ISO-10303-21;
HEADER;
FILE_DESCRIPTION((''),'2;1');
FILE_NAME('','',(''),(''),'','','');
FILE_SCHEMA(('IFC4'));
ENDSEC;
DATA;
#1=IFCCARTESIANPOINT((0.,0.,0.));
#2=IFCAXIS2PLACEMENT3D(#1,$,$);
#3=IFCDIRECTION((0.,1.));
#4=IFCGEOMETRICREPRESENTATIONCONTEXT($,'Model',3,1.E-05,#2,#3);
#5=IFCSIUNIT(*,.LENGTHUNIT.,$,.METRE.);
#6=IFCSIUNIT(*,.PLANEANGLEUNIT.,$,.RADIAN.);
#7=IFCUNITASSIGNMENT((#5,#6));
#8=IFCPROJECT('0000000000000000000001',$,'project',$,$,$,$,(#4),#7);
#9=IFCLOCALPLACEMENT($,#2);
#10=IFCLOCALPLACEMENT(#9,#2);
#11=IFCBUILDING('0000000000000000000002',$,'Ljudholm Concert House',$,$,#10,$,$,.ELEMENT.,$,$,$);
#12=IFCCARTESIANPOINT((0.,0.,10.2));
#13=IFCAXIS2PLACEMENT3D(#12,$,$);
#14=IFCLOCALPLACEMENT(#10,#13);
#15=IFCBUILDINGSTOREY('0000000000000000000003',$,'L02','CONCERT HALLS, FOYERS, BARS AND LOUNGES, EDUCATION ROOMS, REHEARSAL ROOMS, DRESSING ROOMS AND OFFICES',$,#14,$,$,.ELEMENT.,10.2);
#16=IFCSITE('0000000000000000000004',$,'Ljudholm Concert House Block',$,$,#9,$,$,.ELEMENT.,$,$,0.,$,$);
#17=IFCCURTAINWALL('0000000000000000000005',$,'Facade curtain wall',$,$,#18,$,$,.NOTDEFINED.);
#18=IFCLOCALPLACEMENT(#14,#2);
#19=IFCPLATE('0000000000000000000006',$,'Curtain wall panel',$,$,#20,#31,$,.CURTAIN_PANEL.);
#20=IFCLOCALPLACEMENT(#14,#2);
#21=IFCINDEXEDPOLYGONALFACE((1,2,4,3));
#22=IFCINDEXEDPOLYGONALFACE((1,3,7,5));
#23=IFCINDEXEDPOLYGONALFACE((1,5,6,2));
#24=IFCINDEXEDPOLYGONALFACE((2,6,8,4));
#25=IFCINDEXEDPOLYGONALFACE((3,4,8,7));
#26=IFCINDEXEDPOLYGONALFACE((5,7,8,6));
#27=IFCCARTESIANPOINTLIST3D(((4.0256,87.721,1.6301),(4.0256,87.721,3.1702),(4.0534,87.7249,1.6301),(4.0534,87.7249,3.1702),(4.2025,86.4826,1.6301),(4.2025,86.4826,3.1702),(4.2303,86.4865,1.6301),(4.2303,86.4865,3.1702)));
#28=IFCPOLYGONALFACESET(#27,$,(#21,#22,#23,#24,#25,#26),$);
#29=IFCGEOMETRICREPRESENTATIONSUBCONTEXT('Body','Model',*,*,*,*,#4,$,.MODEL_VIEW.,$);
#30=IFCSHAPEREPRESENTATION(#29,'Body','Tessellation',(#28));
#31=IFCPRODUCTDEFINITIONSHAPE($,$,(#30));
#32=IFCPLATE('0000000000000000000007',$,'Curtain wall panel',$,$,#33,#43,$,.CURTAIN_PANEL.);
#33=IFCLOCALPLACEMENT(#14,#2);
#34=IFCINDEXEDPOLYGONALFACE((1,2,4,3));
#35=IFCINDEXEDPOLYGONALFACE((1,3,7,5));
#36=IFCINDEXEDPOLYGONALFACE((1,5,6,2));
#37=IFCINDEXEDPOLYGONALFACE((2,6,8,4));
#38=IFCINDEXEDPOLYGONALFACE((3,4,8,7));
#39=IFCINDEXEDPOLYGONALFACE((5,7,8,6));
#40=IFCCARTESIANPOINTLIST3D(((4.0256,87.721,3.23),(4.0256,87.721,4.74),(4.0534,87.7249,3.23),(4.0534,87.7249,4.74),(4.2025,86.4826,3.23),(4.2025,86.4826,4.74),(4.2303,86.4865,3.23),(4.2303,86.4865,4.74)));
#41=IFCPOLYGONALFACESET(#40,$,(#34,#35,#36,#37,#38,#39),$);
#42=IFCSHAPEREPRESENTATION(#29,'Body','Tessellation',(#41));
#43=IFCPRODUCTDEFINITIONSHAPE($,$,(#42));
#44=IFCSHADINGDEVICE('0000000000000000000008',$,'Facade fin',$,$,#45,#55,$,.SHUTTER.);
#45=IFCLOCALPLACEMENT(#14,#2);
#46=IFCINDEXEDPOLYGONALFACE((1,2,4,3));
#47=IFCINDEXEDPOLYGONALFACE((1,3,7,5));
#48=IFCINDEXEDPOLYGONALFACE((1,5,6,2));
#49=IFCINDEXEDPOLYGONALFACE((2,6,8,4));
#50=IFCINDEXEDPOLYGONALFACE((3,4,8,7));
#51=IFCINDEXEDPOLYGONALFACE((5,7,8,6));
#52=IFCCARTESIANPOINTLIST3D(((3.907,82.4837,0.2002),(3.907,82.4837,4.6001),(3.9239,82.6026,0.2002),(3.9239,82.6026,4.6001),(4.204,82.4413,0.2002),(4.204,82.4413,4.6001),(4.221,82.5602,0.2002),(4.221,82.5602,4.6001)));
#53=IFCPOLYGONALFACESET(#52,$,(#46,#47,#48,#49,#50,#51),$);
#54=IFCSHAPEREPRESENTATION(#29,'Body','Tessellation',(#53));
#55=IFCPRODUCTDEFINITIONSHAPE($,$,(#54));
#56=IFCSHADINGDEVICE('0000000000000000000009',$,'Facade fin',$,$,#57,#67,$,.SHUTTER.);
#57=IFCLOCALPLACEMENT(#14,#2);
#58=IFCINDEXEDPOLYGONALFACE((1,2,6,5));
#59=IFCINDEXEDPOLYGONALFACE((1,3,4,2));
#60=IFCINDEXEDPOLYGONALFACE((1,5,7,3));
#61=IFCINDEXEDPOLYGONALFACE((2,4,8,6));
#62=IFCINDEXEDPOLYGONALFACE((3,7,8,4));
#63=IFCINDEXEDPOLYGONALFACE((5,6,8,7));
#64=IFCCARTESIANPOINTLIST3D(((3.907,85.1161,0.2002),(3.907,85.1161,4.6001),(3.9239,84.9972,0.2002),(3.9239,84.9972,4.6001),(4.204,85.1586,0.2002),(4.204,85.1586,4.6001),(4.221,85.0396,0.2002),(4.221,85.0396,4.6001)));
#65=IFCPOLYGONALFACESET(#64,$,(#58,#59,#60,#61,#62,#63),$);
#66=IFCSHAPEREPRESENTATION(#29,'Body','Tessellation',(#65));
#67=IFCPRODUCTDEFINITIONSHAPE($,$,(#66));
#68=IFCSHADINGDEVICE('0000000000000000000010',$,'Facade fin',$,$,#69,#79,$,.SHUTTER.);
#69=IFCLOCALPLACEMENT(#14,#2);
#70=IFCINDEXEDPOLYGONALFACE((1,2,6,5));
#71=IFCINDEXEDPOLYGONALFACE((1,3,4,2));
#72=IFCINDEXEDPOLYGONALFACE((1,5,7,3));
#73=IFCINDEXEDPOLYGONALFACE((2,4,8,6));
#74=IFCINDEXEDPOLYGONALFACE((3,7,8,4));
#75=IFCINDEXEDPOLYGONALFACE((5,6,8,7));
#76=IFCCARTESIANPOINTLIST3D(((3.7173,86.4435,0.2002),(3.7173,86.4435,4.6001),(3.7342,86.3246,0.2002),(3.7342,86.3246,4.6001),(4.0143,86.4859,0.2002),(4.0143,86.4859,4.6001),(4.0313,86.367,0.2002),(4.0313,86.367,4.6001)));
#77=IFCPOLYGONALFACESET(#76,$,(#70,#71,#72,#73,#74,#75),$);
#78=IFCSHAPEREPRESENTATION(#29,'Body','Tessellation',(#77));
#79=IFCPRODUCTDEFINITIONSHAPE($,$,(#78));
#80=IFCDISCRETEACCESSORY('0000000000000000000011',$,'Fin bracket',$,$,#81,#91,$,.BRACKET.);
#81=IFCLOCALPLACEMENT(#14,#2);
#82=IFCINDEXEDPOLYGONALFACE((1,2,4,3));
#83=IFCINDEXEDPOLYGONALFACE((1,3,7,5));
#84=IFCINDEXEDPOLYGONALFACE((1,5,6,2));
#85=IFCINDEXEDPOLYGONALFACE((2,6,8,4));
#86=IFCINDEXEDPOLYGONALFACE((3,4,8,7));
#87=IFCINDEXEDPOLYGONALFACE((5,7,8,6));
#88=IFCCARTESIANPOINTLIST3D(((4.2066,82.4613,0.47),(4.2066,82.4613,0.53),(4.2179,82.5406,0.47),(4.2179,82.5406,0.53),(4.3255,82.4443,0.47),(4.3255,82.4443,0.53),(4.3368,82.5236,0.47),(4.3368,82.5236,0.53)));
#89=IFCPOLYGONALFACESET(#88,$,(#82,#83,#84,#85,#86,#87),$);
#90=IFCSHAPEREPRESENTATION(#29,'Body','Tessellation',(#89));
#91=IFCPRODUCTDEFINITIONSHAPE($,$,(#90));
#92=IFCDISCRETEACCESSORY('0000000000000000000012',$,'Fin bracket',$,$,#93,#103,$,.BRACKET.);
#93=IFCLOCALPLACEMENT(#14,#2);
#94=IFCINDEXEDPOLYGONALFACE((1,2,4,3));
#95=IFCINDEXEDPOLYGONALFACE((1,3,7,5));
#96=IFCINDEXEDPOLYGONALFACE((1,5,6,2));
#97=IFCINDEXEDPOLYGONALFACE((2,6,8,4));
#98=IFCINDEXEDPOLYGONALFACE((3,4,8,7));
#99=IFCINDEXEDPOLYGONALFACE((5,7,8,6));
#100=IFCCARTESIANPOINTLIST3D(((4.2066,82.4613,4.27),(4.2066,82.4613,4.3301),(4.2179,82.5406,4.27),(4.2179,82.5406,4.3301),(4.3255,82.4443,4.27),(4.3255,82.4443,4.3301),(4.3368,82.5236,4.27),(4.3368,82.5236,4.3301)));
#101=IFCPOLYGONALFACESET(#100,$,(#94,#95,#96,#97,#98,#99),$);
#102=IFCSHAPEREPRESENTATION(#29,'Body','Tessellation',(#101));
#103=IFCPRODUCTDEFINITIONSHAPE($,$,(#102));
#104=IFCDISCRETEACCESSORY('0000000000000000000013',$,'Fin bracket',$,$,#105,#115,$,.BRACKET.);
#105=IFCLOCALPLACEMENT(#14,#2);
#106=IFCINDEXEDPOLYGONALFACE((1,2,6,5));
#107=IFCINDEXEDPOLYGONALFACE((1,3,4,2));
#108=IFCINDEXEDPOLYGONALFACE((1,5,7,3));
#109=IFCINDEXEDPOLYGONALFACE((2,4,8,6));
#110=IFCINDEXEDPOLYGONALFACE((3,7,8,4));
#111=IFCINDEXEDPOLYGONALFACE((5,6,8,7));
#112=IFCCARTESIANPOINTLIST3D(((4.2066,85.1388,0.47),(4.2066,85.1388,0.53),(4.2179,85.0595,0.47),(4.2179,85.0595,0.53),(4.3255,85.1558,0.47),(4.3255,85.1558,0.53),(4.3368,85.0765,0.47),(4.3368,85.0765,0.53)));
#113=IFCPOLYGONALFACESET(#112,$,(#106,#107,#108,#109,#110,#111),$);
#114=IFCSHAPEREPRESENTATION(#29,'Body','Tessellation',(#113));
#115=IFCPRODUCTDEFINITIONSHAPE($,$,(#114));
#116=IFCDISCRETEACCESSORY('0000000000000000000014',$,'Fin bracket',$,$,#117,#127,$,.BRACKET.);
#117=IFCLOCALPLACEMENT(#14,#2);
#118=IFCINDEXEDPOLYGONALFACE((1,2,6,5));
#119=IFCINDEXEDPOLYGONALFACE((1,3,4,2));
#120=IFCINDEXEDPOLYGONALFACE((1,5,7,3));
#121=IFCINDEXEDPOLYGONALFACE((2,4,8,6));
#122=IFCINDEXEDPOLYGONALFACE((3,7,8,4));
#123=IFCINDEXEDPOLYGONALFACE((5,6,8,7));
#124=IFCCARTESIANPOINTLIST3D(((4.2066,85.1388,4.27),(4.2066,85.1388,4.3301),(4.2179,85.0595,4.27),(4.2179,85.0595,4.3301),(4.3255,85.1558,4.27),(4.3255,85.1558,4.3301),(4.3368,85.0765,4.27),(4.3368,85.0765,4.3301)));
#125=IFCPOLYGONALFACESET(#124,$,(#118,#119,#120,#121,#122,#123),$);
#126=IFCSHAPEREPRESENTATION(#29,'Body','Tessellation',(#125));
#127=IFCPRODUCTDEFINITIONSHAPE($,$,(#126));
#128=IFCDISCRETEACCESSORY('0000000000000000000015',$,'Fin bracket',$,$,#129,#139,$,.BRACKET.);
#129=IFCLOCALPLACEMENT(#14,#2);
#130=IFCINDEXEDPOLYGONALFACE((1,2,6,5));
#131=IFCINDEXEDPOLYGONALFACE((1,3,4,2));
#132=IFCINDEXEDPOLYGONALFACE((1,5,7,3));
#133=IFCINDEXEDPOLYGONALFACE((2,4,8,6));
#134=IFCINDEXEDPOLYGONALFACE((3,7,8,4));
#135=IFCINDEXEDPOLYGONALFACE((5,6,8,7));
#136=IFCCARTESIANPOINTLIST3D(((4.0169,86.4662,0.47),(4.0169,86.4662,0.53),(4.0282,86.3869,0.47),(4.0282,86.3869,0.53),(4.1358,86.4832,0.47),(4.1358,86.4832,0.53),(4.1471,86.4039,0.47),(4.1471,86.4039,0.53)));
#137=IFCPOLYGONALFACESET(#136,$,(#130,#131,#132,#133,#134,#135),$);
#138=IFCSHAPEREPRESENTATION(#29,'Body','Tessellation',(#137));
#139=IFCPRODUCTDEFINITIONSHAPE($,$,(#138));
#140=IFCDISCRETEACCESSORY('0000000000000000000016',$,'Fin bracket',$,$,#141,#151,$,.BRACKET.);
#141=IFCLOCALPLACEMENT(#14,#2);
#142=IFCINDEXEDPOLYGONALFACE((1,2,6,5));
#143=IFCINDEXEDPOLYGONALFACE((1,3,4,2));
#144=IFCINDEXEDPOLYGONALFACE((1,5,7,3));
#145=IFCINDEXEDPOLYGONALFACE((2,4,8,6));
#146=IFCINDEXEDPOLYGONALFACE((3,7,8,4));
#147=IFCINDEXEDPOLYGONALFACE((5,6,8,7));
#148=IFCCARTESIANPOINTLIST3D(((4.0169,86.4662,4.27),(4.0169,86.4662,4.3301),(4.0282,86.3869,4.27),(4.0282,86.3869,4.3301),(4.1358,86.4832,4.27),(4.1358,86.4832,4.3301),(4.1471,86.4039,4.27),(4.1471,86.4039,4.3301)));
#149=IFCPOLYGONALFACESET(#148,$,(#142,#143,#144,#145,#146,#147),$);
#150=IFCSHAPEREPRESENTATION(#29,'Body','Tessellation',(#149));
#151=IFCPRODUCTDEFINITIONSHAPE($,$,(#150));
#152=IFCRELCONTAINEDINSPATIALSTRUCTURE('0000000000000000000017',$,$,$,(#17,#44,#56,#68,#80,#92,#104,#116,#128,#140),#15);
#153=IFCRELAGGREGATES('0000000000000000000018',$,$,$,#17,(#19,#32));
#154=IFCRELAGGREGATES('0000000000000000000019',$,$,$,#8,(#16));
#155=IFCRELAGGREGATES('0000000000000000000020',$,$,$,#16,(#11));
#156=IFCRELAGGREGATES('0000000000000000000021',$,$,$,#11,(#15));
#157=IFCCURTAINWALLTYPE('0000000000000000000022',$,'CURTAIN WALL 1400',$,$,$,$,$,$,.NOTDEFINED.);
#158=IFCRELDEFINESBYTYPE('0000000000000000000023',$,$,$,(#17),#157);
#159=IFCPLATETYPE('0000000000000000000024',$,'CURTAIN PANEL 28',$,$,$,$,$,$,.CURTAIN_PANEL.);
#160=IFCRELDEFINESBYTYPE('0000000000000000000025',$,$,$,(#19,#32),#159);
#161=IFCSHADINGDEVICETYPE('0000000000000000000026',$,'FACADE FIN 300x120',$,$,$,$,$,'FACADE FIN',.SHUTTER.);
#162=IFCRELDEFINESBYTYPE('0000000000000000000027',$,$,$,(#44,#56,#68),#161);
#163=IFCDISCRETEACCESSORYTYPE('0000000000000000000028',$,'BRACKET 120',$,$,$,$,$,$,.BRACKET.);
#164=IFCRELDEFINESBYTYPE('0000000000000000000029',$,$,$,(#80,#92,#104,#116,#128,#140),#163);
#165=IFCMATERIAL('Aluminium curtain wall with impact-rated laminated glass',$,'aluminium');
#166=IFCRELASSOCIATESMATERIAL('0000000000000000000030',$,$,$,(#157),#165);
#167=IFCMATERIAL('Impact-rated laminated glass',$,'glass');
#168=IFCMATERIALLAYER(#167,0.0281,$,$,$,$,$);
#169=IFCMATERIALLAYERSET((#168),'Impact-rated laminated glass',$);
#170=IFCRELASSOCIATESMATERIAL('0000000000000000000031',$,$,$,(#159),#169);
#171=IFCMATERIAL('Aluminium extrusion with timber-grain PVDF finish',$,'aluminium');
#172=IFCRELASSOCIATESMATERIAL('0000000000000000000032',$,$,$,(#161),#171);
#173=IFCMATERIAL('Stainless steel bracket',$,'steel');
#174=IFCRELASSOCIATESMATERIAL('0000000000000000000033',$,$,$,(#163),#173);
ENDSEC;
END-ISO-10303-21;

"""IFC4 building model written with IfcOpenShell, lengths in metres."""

from ifc_helpers import new_model, si_unit, direction, frame, origin, origin_2d, place, context, subcontext, project, spatial, rectangle, extrude, material, layer, layer_set, type_object, element, aggregate, save


model = new_model("IFC4")

# Units and contexts
model_context = context("Model", 3, precision=1e-05, world=origin(), true_north=direction((0.0, 1.0)))
body_context = subcontext(model_context, "Body", "Model", "MODEL_VIEW")
ifc_project = project(units=[si_unit("LENGTHUNIT", "METRE"), si_unit("PLANEANGLEUNIT", "RADIAN")], contexts=[model_context])

# Site, building, storey
site_placement = place(None, origin())
site = spatial("IfcSite", under=ifc_project, at=site_placement, Name="Ljudholm Concert House Block", CompositionType="ELEMENT", RefElevation=0.0)
building_placement = place(site_placement, origin())
building = spatial("IfcBuilding", under=site, at=building_placement, Name="Ljudholm Concert House", CompositionType="ELEMENT")
storey_placement = place(building_placement, frame((0.0, 0.0, 10.2)))
storey = spatial("IfcBuildingStorey", under=building, at=storey_placement, Name="L02", Description="CONCERT HALLS, FOYERS, BARS AND LOUNGES, EDUCATION ROOMS, REHEARSAL ROOMS, DRESSING ROOMS AND OFFICES", CompositionType="ELEMENT", Elevation=10.2)

# Curtain wall
ifc_material_1 = material(Name="Aluminium curtain wall with impact-rated laminated glass", Category="aluminium")
curtain_wall_type = type_object("IfcCurtainWallType", Name="CURTAIN WALL 1400", PredefinedType="NOTDEFINED", material=ifc_material_1)
curtain_wall_1_placement = place(storey_placement, origin())
curtain_wall_1 = element("IfcCurtainWall", 1, at=curtain_wall_1_placement, inside=storey, type_object=curtain_wall_type, Name="Facade curtain wall", PredefinedType="NOTDEFINED")

# Shared definitions
ifc_material_2 = material(Name="Impact-rated laminated glass", Category="glass")
ifc_layer = layer(ifc_material_2, 0.0281)
ifc_layer_set = layer_set([ifc_layer], Name="Impact-rated laminated glass")
plate_type = type_object("IfcPlateType", Name="CURTAIN PANEL 28", PredefinedType="CURTAIN_PANEL", material=ifc_layer_set)

# Plates
plate_1_placement = place(storey_placement, frame((4.1279, 87.1038, 1.6301), z_axis=(0.0, 0.0, 1.0), x_axis=(-0.141421, 0.989949, 0.0)))
plate_1 = element("IfcPlate", 2, at=plate_1_placement, type_object=plate_type, Name="Curtain wall panel", PredefinedType="CURTAIN_PANEL", context=body_context, shape_type="SweptSolid", body=[
    extrude(rectangle(XDim=1.251, YDim=0.0281, at=origin_2d()), origin(), (0.0, 0.0, 1.0), 1.54),
])
plate_2_placement = place(storey_placement, frame((4.1279, 87.1038, 3.23), z_axis=(0.0, 0.0, 1.0), x_axis=(-0.141421, 0.989949, 0.0)))
plate_2 = element("IfcPlate", 3, at=plate_2_placement, type_object=plate_type, Name="Curtain wall panel", PredefinedType="CURTAIN_PANEL", context=body_context, shape_type="SweptSolid", body=[
    extrude(rectangle(XDim=1.251, YDim=0.0281, at=origin_2d()), origin(), (0.0, 0.0, 1.0), 1.51),
])
aggregate(curtain_wall_1, [plate_1, plate_2])

# Shading devices
ifc_material_3 = material(Name="Aluminium extrusion with timber-grain PVDF finish", Category="aluminium")
shading_device_type = type_object("IfcShadingDeviceType", Name="FACADE FIN 300x120", ElementType="FACADE FIN", PredefinedType="SHUTTER", material=ifc_material_3)
for number, where, z_axis, x_axis, name in (
    (4, (4.064, 82.522, 0.2002), (0.0, 0.0, 1.0), (-0.989949, 0.141421, 0.0), "Facade fin"),
    (5, (4.064, 85.0779, 0.2002), (0.0, 0.0, 1.0), (-0.989949, -0.141421, 0.0), "Facade fin"),
    (6, (3.8743, 86.4053, 0.2002), (0.0, 0.0, 1.0), (-0.989949, -0.141421, 0.0), "Facade fin"),
):
    element("IfcShadingDevice", number, at=place(storey_placement, frame(where, z_axis=z_axis, x_axis=x_axis)), inside=storey, type_object=shading_device_type, Name=name, PredefinedType="SHUTTER", context=body_context, shape_type="SweptSolid", body=[
        extrude(rectangle(XDim=0.3, YDim=0.1201, at=origin_2d()), origin(), (0.0, 0.0, 1.0), 4.3999),
    ])

# Discrete accessories
ifc_material_4 = material(Name="Stainless steel bracket", Category="steel")
discrete_accessory_type = type_object("IfcDiscreteAccessoryType", Name="BRACKET 120", PredefinedType="BRACKET", material=ifc_material_4)
for number, where, z_axis, x_axis, name in (
    (7, (4.2717, 82.4924, 0.47), (0.0, 0.0, 1.0), (-0.989949, 0.141421, 0.0), "Fin bracket"),
    (8, (4.2717, 82.4924, 4.27), (0.0, 0.0, 1.0), (-0.989949, 0.141421, 0.0), "Fin bracket"),
    (9, (4.2717, 85.1077, 0.47), (0.0, 0.0, 1.0), (-0.989949, -0.141421, 0.0), "Fin bracket"),
    (10, (4.2717, 85.1077, 4.27), (0.0, 0.0, 1.0), (-0.989949, -0.141421, 0.0), "Fin bracket"),
    (11, (4.082, 86.4351, 0.47), (0.0, 0.0, 1.0), (-0.989949, -0.141421, 0.0), "Fin bracket"),
    (12, (4.082, 86.4351, 4.27), (0.0, 0.0, 1.0), (-0.989949, -0.141421, 0.0), "Fin bracket"),
):
    element("IfcDiscreteAccessory", number, at=place(storey_placement, frame(where, z_axis=z_axis, x_axis=x_axis)), inside=storey, type_object=discrete_accessory_type, Name=name, PredefinedType="BRACKET", context=body_context, shape_type="SweptSolid", body=[
        extrude(rectangle(XDim=0.1201, YDim=0.0801, at=origin_2d()), origin(), (0.0, 0.0, 1.0), 0.0601),
    ])

save(model, "model.ifc")
